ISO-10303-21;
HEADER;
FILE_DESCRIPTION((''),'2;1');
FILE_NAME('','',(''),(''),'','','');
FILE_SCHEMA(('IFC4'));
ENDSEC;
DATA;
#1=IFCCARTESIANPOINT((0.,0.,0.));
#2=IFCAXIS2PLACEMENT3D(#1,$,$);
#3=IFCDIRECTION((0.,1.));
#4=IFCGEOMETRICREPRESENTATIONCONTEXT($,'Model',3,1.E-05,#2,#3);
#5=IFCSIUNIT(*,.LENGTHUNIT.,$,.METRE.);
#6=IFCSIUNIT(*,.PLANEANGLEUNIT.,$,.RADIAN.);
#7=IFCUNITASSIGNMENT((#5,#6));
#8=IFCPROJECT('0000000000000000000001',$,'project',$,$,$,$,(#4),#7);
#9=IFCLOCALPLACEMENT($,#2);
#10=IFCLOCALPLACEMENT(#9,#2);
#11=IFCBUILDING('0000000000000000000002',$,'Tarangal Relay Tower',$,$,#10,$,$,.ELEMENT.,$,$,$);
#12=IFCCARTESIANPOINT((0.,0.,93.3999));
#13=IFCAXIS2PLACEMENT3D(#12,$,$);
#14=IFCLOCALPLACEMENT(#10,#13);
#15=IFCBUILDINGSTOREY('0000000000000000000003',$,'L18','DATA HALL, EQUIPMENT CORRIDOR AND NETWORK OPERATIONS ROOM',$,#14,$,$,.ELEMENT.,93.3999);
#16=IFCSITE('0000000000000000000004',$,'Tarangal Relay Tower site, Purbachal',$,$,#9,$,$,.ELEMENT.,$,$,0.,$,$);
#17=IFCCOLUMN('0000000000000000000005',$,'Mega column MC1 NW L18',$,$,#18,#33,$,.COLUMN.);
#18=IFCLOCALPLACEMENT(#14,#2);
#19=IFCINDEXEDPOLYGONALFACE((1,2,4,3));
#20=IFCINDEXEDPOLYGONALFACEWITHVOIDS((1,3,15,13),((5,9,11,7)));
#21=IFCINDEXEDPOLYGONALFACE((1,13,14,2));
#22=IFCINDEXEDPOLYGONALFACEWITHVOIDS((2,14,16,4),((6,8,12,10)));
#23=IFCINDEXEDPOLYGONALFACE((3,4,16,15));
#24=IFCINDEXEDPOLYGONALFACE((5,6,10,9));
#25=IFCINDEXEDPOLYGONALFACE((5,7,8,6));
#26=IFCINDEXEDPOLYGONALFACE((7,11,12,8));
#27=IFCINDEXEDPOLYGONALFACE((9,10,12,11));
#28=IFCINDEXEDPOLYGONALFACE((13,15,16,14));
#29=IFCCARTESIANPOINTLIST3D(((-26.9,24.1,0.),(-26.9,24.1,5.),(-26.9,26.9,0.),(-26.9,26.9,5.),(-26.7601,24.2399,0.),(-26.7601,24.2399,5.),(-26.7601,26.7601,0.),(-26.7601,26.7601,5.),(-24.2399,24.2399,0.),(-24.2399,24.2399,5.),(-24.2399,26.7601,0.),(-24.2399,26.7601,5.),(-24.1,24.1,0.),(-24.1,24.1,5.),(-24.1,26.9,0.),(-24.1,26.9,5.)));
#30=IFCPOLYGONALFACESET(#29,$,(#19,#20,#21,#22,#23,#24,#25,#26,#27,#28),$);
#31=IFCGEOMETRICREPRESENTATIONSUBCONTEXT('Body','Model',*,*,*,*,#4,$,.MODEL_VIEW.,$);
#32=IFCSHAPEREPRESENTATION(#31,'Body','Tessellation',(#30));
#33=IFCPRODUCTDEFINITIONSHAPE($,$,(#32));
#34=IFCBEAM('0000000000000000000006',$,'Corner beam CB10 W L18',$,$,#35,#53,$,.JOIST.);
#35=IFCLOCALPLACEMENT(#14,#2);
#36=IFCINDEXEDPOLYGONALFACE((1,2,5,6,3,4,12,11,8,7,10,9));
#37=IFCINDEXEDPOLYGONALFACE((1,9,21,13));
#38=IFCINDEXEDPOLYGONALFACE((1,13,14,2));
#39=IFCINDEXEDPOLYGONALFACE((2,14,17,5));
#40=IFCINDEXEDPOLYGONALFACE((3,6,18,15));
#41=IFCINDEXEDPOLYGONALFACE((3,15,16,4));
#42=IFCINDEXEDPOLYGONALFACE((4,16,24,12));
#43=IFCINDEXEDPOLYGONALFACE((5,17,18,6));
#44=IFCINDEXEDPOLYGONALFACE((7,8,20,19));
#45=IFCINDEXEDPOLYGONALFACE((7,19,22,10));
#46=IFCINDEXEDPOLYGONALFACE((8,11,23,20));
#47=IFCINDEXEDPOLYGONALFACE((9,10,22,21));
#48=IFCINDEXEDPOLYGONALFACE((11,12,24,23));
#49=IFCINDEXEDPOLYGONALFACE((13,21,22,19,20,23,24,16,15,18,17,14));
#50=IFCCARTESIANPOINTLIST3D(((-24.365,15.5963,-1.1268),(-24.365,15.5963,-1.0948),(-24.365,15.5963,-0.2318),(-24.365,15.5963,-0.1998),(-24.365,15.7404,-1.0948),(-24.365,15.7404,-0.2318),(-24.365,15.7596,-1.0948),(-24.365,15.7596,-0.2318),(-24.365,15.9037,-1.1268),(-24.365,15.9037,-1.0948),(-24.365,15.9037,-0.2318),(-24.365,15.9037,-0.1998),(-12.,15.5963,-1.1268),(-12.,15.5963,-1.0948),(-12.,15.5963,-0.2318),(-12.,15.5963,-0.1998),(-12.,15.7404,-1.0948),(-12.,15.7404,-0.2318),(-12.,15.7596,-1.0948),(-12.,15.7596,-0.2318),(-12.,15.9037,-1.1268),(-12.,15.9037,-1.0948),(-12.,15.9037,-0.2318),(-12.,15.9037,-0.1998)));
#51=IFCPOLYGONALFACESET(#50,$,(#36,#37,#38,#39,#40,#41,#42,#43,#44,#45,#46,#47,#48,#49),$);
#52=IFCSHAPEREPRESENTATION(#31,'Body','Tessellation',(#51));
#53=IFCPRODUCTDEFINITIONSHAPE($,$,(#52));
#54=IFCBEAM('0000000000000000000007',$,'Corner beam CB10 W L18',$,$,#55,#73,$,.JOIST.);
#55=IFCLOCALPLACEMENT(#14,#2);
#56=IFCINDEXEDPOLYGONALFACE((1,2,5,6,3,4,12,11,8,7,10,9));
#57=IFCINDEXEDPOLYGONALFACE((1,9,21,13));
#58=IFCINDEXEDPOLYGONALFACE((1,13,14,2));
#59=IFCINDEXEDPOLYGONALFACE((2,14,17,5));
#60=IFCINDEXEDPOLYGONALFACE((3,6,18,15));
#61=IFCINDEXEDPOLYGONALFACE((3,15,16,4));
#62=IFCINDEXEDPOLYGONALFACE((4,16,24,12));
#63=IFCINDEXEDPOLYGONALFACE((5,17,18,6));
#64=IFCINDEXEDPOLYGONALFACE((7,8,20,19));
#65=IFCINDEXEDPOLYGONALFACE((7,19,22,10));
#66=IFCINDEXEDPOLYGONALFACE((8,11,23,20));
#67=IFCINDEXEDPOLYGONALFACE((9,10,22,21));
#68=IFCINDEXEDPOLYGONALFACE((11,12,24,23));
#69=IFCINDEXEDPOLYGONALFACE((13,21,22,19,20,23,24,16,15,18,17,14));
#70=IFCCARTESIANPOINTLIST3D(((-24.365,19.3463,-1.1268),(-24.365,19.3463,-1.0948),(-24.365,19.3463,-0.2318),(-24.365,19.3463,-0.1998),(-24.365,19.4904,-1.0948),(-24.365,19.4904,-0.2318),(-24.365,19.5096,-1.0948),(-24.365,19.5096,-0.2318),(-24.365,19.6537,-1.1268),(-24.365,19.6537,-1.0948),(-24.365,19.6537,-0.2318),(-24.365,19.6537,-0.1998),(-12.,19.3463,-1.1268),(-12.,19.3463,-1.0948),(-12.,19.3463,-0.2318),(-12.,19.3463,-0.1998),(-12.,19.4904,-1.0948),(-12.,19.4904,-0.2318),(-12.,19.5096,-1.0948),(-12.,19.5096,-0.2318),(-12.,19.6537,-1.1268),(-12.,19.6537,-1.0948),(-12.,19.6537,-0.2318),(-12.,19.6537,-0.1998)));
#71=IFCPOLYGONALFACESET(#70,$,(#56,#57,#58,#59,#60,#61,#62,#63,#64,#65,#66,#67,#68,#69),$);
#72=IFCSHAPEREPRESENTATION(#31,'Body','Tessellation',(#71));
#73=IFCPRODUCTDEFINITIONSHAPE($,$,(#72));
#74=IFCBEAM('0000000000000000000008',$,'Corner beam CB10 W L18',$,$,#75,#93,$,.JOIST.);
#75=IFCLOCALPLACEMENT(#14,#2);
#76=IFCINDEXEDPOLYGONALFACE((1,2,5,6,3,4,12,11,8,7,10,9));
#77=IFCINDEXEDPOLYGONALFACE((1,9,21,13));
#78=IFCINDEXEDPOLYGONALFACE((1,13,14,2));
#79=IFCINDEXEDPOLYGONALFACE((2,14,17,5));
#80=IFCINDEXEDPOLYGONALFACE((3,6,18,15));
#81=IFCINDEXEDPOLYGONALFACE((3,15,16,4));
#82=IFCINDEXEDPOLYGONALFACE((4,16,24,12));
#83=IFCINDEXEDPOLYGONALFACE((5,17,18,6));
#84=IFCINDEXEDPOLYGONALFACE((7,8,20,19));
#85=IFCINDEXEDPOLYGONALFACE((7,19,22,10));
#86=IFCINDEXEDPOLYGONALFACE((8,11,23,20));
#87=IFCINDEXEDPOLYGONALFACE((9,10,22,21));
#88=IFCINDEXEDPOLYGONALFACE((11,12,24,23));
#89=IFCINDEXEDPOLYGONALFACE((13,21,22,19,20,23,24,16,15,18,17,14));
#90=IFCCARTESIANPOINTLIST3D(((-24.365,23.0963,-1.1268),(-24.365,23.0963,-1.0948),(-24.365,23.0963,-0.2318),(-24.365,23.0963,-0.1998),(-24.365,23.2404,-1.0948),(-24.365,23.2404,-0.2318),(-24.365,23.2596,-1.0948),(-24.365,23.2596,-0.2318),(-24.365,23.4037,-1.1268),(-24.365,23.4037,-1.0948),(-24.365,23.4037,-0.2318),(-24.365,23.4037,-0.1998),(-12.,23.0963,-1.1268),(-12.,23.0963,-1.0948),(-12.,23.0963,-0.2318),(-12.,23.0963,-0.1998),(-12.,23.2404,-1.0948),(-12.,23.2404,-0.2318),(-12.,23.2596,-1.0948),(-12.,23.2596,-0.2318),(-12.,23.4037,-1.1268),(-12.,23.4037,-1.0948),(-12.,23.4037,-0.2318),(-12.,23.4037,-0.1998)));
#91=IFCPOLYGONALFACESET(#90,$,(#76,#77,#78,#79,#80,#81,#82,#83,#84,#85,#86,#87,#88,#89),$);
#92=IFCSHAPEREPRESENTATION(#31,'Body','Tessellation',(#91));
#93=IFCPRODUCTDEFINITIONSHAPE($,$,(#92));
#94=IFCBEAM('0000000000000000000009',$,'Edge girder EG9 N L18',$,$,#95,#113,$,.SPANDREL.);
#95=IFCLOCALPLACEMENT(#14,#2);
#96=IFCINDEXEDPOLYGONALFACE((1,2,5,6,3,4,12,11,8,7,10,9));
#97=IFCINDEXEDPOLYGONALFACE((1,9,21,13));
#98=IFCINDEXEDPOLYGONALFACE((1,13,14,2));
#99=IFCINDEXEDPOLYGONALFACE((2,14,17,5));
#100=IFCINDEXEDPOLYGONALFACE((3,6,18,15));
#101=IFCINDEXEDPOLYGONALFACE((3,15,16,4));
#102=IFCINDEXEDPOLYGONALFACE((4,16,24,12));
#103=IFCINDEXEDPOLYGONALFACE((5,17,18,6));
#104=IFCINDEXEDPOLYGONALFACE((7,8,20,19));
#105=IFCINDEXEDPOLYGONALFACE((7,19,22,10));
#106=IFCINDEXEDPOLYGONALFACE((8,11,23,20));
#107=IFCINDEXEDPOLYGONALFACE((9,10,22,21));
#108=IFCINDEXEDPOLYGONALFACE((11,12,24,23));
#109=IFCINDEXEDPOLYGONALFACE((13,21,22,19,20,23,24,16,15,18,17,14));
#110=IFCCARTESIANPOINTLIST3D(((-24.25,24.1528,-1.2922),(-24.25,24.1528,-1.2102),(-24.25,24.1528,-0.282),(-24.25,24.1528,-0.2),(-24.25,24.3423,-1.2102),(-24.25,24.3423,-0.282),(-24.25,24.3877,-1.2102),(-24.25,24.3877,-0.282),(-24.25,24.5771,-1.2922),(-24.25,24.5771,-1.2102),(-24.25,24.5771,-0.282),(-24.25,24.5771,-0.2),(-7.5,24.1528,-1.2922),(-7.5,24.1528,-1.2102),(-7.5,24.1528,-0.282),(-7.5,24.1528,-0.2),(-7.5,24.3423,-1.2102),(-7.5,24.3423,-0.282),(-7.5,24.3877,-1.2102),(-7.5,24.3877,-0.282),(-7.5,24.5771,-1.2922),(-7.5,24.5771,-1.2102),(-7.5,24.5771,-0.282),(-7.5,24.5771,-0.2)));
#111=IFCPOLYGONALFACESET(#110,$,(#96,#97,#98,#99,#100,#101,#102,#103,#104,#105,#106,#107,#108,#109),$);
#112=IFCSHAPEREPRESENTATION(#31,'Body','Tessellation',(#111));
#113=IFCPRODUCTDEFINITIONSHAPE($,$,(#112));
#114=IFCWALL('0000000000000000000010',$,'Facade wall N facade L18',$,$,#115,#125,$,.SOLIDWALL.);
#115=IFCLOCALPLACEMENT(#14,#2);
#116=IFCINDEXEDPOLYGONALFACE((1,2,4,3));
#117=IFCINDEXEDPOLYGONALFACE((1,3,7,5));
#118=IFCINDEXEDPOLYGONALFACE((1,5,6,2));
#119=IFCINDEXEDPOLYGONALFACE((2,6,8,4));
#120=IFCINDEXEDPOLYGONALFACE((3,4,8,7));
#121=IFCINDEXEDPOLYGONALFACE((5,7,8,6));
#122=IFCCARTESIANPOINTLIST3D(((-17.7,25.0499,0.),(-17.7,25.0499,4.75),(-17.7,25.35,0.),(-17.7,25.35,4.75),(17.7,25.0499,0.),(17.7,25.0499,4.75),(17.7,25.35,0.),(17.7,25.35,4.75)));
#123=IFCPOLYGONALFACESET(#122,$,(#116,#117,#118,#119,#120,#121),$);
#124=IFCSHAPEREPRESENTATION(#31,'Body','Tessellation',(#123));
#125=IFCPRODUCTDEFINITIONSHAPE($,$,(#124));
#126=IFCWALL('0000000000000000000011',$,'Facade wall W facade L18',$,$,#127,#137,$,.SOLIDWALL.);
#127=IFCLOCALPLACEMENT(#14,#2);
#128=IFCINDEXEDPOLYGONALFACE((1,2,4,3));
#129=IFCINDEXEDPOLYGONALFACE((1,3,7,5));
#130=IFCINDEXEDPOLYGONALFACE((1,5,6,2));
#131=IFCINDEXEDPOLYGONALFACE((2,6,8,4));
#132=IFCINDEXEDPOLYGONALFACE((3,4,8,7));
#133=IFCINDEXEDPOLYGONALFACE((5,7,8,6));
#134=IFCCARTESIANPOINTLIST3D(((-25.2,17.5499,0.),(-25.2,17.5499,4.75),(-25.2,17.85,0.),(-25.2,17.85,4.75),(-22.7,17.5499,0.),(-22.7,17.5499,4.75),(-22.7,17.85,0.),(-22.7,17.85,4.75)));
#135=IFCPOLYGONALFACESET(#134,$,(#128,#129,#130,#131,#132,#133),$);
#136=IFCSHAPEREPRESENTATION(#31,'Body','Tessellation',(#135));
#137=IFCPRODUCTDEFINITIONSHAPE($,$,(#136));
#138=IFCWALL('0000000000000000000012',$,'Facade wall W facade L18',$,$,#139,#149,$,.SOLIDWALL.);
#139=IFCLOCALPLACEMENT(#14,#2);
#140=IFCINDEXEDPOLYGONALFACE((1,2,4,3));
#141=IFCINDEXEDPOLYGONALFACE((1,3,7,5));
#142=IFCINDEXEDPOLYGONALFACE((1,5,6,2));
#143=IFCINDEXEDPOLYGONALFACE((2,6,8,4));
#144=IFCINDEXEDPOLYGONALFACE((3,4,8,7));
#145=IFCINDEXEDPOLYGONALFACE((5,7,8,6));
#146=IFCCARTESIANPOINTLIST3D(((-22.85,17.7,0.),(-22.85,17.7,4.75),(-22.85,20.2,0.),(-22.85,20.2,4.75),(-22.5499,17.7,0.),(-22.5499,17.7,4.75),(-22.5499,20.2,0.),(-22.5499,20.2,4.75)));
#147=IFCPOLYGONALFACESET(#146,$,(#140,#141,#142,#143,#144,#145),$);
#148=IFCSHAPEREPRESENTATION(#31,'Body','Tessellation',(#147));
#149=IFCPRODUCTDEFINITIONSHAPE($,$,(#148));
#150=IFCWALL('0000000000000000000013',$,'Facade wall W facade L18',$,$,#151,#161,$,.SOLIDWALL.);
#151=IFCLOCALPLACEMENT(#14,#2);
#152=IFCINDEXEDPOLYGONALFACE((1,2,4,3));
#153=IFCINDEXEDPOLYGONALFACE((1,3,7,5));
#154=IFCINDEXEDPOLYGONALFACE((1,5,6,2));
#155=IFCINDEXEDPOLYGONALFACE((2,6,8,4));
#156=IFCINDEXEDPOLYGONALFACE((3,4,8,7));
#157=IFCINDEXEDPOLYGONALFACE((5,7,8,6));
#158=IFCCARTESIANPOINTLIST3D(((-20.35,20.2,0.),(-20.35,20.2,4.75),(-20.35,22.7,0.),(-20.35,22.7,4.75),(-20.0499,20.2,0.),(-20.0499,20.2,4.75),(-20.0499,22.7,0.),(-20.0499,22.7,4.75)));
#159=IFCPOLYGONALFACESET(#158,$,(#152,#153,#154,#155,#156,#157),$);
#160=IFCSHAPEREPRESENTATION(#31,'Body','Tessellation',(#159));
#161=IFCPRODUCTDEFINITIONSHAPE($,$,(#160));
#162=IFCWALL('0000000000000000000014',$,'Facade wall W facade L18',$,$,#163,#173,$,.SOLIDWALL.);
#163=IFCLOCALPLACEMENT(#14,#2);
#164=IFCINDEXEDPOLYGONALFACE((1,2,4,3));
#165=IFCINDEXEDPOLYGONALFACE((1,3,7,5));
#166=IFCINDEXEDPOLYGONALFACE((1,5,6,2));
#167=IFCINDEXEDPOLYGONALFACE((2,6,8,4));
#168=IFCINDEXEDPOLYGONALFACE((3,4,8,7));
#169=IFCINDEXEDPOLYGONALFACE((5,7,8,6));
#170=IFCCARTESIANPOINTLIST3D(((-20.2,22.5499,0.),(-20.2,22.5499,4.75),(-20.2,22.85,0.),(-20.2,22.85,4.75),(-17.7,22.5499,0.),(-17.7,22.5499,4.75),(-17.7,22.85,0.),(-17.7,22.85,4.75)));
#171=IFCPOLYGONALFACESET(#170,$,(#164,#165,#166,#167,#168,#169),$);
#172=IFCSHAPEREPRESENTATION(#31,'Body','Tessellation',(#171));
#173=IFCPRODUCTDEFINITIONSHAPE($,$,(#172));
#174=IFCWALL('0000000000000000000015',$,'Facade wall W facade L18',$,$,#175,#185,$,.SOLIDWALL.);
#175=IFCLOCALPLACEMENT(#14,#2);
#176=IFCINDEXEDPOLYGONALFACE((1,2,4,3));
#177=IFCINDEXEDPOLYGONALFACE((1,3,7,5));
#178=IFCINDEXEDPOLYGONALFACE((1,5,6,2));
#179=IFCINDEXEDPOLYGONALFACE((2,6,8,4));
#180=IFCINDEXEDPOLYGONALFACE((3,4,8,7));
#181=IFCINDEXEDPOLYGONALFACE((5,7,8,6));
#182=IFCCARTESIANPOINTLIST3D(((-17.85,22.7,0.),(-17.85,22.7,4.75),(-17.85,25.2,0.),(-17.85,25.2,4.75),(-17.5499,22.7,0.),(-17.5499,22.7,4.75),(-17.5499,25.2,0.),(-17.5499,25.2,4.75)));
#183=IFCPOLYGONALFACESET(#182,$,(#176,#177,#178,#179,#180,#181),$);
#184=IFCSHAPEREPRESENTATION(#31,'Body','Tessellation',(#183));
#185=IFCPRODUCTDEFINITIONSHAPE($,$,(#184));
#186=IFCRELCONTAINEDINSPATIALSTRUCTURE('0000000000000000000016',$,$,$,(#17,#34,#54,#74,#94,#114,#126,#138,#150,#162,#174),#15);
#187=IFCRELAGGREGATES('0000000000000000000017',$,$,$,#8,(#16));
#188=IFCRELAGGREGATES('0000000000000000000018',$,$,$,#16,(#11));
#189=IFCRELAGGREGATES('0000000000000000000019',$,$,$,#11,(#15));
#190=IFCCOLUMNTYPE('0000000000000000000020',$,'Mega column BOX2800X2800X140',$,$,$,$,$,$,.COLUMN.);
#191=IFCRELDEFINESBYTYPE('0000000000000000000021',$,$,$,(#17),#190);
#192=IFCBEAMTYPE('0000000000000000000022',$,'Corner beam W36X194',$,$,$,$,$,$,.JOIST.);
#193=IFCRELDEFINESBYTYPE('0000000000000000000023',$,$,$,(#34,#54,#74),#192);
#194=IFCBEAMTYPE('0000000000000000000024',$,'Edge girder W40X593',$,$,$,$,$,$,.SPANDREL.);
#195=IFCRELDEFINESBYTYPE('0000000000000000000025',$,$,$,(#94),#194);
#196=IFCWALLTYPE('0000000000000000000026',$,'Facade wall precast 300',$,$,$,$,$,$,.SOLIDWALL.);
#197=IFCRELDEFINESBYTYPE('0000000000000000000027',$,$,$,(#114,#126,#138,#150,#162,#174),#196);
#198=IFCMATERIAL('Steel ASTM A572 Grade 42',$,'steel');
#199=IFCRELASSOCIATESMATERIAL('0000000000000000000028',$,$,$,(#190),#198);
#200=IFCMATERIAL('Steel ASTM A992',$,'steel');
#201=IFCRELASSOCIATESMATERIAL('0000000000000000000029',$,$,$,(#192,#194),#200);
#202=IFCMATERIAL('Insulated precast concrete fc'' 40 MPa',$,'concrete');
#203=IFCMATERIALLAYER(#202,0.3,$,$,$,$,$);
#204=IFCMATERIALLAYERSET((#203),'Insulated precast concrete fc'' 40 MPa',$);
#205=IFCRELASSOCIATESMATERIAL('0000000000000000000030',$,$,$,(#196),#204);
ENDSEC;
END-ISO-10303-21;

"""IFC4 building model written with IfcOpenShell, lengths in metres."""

from ifc_helpers import new_model, si_unit, direction, frame, frame_2d, origin, origin_2d, place, context, subcontext, project, spatial, rectangle, hollow_rectangle, i_section, extrude, material, layer, layer_set, material_profile, profile_set, type_object, element, save


model = new_model("IFC4")

# Units and contexts
model_context = context("Model", 3, precision=1e-05, world=origin(), true_north=direction((0.0, 1.0)))
body_context = subcontext(model_context, "Body", "Model", "MODEL_VIEW")
ifc_project = project(units=[si_unit("LENGTHUNIT", "METRE"), si_unit("PLANEANGLEUNIT", "RADIAN")], contexts=[model_context])

# Site, building, storey
site_placement = place(None, origin())
site = spatial("IfcSite", under=ifc_project, at=site_placement, Name="Tarangal Relay Tower site, Purbachal", CompositionType="ELEMENT", RefElevation=0.0)
building_placement = place(site_placement, origin())
building = spatial("IfcBuilding", under=site, at=building_placement, Name="Tarangal Relay Tower", CompositionType="ELEMENT")
storey_placement = place(building_placement, frame((0.0, 0.0, 93.3999)))
storey = spatial("IfcBuildingStorey", under=building, at=storey_placement, Name="L18", Description="DATA HALL, EQUIPMENT CORRIDOR AND NETWORK OPERATIONS ROOM", CompositionType="ELEMENT", Elevation=93.3999)

# Column
ifc_material_1 = material(Name="Steel ASTM A572 Grade 42", Category="steel")
ifc_material_profile_1 = material_profile(ifc_material_1, hollow_rectangle(XDim=2.8, YDim=2.8, WallThickness=0.1399, at=origin_2d()), Name="BOX2800X2800X140")
ifc_profile_set_1 = profile_set([ifc_material_profile_1], Name="Steel ASTM A572 Grade 42")
column_type = type_object("IfcColumnType", Name="Mega column BOX2800X2800X140", PredefinedType="COLUMN", material=ifc_profile_set_1)
column_placement = place(storey_placement, frame((-25.5, 25.5, 0.0), z_axis=(0.0, 0.0, 1.0), x_axis=(1.0, 0.0, 0.0)))
element("IfcColumn", 1, at=column_placement, inside=storey, type_object=column_type, Name="Mega column MC1 NW L18", PredefinedType="COLUMN", context=body_context, shape_type="SweptSolid", body=[
    extrude(hollow_rectangle(XDim=2.8, YDim=2.8, WallThickness=0.1399, at=origin_2d()), origin(), (0.0, 0.0, 1.0), 5.0),
])

# Beams
ifc_material_2 = material(Name="Steel ASTM A992", Category="steel")
ifc_material_profile_2 = material_profile(ifc_material_2, i_section(OverallWidth=0.3074, OverallDepth=0.927, WebThickness=0.0193, FlangeThickness=0.032, at=origin_2d()), Name="W36X194")
ifc_profile_set_2 = profile_set([ifc_material_profile_2], Name="Steel ASTM A992")
beam_type_1 = type_object("IfcBeamType", Name="Corner beam W36X194", PredefinedType="JOIST", material=ifc_profile_set_2)
for number, where, z_axis, x_axis, name in (
    (2, (-12.0, 15.75, -0.6633), (-1.0, 0.0, 0.0), (0.0, -1.0, 0.0), "Corner beam CB10 W L18"),
    (3, (-12.0, 19.5, -0.6633), (-1.0, 0.0, 0.0), (0.0, -1.0, 0.0), "Corner beam CB10 W L18"),
    (4, (-12.0, 23.25, -0.6633), (-1.0, 0.0, 0.0), (0.0, -1.0, 0.0), "Corner beam CB10 W L18"),
):
    element("IfcBeam", number, at=place(storey_placement, frame(where, z_axis=z_axis, x_axis=x_axis)), inside=storey, type_object=beam_type_1, Name=name, PredefinedType="JOIST", context=body_context, shape_type="SweptSolid", body=[
        extrude(i_section(OverallWidth=0.3074, OverallDepth=0.927, WebThickness=0.0193, FlangeThickness=0.032, at=origin_2d()), origin(), (0.0, 0.0, 1.0), 12.365),
    ])
ifc_material_profile_3 = material_profile(ifc_material_2, i_section(OverallWidth=0.4243, OverallDepth=1.0923, WebThickness=0.0454, FlangeThickness=0.082, at=origin_2d()), Name="W40X593")
ifc_profile_set_3 = profile_set([ifc_material_profile_3], Name="Steel ASTM A992")
beam_type_2 = type_object("IfcBeamType", Name="Edge girder W40X593", PredefinedType="SPANDREL", material=ifc_profile_set_3)
beam_placement = place(storey_placement, frame((-24.25, 24.365, -0.7461), z_axis=(1.0, 0.0, 0.0), x_axis=(0.0, 1.0, 0.0)))
element("IfcBeam", 5, at=beam_placement, inside=storey, type_object=beam_type_2, Name="Edge girder EG9 N L18", PredefinedType="SPANDREL", context=body_context, shape_type="SweptSolid", body=[
    extrude(i_section(OverallWidth=0.4243, OverallDepth=1.0923, WebThickness=0.0454, FlangeThickness=0.082, at=origin_2d()), origin(), (0.0, 0.0, 1.0), 16.75),
])

# Walls
ifc_material_3 = material(Name="Insulated precast concrete fc' 40 MPa", Category="concrete")
ifc_layer_1 = layer(ifc_material_3, 0.3)
ifc_layer_set_1 = layer_set([ifc_layer_1], Name="Insulated precast concrete fc' 40 MPa")
wall_type_1 = type_object("IfcWallType", Name="Facade wall precast 300", PredefinedType="SOLIDWALL", material=ifc_layer_set_1)
wall_1_placement = place(storey_placement, frame((-17.7, 25.2, 0.0), z_axis=(0.0, 0.0, 1.0), x_axis=(1.0, 0.0, 0.0)))
element("IfcWall", 6, at=wall_1_placement, inside=storey, type_object=wall_type_1, Name="Facade wall N facade L18", PredefinedType="SOLIDWALL", context=body_context, shape_type="SweptSolid", body=[
    extrude(rectangle(XDim=35.3999, YDim=0.3, at=frame_2d((17.7, 0.0))), origin(), (0.0, 0.0, 1.0), 4.75),
])
for number, where, z_axis, x_axis, name in (
    (7, (-25.2, 17.7, 0.0), (0.0, 0.0, 1.0), (1.0, 0.0, 0.0), "Facade wall W facade L18"),
    (8, (-22.7, 17.7, 0.0), (0.0, 0.0, 1.0), (0.0, 1.0, 0.0), "Facade wall W facade L18"),
):
    element("IfcWall", number, at=place(storey_placement, frame(where, z_axis=z_axis, x_axis=x_axis)), inside=storey, type_object=wall_type_1, Name=name, PredefinedType="SOLIDWALL", context=body_context, shape_type="SweptSolid", body=[
        extrude(rectangle(XDim=2.5, YDim=0.3, at=frame_2d((1.25, 0.0))), origin(), (0.0, 0.0, 1.0), 4.75),
    ])

# Walls
for number, where, z_axis, x_axis, name in (
    (9, (-20.2, 20.2, 0.0), (0.0, 0.0, 1.0), (0.0, 1.0, 0.0), "Facade wall W facade L18"),
    (10, (-20.2, 22.7, 0.0), (0.0, 0.0, 1.0), (1.0, 0.0, 0.0), "Facade wall W facade L18"),
    (11, (-17.7, 22.7, 0.0), (0.0, 0.0, 1.0), (0.0, 1.0, 0.0), "Facade wall W facade L18"),
):
    element("IfcWall", number, at=place(storey_placement, frame(where, z_axis=z_axis, x_axis=x_axis)), inside=storey, type_object=wall_type_1, Name=name, PredefinedType="SOLIDWALL", context=body_context, shape_type="SweptSolid", body=[
        extrude(rectangle(XDim=2.5, YDim=0.3, at=frame_2d((1.25, 0.0))), origin(), (0.0, 0.0, 1.0), 4.75),
    ])

save(model, "model.ifc")
